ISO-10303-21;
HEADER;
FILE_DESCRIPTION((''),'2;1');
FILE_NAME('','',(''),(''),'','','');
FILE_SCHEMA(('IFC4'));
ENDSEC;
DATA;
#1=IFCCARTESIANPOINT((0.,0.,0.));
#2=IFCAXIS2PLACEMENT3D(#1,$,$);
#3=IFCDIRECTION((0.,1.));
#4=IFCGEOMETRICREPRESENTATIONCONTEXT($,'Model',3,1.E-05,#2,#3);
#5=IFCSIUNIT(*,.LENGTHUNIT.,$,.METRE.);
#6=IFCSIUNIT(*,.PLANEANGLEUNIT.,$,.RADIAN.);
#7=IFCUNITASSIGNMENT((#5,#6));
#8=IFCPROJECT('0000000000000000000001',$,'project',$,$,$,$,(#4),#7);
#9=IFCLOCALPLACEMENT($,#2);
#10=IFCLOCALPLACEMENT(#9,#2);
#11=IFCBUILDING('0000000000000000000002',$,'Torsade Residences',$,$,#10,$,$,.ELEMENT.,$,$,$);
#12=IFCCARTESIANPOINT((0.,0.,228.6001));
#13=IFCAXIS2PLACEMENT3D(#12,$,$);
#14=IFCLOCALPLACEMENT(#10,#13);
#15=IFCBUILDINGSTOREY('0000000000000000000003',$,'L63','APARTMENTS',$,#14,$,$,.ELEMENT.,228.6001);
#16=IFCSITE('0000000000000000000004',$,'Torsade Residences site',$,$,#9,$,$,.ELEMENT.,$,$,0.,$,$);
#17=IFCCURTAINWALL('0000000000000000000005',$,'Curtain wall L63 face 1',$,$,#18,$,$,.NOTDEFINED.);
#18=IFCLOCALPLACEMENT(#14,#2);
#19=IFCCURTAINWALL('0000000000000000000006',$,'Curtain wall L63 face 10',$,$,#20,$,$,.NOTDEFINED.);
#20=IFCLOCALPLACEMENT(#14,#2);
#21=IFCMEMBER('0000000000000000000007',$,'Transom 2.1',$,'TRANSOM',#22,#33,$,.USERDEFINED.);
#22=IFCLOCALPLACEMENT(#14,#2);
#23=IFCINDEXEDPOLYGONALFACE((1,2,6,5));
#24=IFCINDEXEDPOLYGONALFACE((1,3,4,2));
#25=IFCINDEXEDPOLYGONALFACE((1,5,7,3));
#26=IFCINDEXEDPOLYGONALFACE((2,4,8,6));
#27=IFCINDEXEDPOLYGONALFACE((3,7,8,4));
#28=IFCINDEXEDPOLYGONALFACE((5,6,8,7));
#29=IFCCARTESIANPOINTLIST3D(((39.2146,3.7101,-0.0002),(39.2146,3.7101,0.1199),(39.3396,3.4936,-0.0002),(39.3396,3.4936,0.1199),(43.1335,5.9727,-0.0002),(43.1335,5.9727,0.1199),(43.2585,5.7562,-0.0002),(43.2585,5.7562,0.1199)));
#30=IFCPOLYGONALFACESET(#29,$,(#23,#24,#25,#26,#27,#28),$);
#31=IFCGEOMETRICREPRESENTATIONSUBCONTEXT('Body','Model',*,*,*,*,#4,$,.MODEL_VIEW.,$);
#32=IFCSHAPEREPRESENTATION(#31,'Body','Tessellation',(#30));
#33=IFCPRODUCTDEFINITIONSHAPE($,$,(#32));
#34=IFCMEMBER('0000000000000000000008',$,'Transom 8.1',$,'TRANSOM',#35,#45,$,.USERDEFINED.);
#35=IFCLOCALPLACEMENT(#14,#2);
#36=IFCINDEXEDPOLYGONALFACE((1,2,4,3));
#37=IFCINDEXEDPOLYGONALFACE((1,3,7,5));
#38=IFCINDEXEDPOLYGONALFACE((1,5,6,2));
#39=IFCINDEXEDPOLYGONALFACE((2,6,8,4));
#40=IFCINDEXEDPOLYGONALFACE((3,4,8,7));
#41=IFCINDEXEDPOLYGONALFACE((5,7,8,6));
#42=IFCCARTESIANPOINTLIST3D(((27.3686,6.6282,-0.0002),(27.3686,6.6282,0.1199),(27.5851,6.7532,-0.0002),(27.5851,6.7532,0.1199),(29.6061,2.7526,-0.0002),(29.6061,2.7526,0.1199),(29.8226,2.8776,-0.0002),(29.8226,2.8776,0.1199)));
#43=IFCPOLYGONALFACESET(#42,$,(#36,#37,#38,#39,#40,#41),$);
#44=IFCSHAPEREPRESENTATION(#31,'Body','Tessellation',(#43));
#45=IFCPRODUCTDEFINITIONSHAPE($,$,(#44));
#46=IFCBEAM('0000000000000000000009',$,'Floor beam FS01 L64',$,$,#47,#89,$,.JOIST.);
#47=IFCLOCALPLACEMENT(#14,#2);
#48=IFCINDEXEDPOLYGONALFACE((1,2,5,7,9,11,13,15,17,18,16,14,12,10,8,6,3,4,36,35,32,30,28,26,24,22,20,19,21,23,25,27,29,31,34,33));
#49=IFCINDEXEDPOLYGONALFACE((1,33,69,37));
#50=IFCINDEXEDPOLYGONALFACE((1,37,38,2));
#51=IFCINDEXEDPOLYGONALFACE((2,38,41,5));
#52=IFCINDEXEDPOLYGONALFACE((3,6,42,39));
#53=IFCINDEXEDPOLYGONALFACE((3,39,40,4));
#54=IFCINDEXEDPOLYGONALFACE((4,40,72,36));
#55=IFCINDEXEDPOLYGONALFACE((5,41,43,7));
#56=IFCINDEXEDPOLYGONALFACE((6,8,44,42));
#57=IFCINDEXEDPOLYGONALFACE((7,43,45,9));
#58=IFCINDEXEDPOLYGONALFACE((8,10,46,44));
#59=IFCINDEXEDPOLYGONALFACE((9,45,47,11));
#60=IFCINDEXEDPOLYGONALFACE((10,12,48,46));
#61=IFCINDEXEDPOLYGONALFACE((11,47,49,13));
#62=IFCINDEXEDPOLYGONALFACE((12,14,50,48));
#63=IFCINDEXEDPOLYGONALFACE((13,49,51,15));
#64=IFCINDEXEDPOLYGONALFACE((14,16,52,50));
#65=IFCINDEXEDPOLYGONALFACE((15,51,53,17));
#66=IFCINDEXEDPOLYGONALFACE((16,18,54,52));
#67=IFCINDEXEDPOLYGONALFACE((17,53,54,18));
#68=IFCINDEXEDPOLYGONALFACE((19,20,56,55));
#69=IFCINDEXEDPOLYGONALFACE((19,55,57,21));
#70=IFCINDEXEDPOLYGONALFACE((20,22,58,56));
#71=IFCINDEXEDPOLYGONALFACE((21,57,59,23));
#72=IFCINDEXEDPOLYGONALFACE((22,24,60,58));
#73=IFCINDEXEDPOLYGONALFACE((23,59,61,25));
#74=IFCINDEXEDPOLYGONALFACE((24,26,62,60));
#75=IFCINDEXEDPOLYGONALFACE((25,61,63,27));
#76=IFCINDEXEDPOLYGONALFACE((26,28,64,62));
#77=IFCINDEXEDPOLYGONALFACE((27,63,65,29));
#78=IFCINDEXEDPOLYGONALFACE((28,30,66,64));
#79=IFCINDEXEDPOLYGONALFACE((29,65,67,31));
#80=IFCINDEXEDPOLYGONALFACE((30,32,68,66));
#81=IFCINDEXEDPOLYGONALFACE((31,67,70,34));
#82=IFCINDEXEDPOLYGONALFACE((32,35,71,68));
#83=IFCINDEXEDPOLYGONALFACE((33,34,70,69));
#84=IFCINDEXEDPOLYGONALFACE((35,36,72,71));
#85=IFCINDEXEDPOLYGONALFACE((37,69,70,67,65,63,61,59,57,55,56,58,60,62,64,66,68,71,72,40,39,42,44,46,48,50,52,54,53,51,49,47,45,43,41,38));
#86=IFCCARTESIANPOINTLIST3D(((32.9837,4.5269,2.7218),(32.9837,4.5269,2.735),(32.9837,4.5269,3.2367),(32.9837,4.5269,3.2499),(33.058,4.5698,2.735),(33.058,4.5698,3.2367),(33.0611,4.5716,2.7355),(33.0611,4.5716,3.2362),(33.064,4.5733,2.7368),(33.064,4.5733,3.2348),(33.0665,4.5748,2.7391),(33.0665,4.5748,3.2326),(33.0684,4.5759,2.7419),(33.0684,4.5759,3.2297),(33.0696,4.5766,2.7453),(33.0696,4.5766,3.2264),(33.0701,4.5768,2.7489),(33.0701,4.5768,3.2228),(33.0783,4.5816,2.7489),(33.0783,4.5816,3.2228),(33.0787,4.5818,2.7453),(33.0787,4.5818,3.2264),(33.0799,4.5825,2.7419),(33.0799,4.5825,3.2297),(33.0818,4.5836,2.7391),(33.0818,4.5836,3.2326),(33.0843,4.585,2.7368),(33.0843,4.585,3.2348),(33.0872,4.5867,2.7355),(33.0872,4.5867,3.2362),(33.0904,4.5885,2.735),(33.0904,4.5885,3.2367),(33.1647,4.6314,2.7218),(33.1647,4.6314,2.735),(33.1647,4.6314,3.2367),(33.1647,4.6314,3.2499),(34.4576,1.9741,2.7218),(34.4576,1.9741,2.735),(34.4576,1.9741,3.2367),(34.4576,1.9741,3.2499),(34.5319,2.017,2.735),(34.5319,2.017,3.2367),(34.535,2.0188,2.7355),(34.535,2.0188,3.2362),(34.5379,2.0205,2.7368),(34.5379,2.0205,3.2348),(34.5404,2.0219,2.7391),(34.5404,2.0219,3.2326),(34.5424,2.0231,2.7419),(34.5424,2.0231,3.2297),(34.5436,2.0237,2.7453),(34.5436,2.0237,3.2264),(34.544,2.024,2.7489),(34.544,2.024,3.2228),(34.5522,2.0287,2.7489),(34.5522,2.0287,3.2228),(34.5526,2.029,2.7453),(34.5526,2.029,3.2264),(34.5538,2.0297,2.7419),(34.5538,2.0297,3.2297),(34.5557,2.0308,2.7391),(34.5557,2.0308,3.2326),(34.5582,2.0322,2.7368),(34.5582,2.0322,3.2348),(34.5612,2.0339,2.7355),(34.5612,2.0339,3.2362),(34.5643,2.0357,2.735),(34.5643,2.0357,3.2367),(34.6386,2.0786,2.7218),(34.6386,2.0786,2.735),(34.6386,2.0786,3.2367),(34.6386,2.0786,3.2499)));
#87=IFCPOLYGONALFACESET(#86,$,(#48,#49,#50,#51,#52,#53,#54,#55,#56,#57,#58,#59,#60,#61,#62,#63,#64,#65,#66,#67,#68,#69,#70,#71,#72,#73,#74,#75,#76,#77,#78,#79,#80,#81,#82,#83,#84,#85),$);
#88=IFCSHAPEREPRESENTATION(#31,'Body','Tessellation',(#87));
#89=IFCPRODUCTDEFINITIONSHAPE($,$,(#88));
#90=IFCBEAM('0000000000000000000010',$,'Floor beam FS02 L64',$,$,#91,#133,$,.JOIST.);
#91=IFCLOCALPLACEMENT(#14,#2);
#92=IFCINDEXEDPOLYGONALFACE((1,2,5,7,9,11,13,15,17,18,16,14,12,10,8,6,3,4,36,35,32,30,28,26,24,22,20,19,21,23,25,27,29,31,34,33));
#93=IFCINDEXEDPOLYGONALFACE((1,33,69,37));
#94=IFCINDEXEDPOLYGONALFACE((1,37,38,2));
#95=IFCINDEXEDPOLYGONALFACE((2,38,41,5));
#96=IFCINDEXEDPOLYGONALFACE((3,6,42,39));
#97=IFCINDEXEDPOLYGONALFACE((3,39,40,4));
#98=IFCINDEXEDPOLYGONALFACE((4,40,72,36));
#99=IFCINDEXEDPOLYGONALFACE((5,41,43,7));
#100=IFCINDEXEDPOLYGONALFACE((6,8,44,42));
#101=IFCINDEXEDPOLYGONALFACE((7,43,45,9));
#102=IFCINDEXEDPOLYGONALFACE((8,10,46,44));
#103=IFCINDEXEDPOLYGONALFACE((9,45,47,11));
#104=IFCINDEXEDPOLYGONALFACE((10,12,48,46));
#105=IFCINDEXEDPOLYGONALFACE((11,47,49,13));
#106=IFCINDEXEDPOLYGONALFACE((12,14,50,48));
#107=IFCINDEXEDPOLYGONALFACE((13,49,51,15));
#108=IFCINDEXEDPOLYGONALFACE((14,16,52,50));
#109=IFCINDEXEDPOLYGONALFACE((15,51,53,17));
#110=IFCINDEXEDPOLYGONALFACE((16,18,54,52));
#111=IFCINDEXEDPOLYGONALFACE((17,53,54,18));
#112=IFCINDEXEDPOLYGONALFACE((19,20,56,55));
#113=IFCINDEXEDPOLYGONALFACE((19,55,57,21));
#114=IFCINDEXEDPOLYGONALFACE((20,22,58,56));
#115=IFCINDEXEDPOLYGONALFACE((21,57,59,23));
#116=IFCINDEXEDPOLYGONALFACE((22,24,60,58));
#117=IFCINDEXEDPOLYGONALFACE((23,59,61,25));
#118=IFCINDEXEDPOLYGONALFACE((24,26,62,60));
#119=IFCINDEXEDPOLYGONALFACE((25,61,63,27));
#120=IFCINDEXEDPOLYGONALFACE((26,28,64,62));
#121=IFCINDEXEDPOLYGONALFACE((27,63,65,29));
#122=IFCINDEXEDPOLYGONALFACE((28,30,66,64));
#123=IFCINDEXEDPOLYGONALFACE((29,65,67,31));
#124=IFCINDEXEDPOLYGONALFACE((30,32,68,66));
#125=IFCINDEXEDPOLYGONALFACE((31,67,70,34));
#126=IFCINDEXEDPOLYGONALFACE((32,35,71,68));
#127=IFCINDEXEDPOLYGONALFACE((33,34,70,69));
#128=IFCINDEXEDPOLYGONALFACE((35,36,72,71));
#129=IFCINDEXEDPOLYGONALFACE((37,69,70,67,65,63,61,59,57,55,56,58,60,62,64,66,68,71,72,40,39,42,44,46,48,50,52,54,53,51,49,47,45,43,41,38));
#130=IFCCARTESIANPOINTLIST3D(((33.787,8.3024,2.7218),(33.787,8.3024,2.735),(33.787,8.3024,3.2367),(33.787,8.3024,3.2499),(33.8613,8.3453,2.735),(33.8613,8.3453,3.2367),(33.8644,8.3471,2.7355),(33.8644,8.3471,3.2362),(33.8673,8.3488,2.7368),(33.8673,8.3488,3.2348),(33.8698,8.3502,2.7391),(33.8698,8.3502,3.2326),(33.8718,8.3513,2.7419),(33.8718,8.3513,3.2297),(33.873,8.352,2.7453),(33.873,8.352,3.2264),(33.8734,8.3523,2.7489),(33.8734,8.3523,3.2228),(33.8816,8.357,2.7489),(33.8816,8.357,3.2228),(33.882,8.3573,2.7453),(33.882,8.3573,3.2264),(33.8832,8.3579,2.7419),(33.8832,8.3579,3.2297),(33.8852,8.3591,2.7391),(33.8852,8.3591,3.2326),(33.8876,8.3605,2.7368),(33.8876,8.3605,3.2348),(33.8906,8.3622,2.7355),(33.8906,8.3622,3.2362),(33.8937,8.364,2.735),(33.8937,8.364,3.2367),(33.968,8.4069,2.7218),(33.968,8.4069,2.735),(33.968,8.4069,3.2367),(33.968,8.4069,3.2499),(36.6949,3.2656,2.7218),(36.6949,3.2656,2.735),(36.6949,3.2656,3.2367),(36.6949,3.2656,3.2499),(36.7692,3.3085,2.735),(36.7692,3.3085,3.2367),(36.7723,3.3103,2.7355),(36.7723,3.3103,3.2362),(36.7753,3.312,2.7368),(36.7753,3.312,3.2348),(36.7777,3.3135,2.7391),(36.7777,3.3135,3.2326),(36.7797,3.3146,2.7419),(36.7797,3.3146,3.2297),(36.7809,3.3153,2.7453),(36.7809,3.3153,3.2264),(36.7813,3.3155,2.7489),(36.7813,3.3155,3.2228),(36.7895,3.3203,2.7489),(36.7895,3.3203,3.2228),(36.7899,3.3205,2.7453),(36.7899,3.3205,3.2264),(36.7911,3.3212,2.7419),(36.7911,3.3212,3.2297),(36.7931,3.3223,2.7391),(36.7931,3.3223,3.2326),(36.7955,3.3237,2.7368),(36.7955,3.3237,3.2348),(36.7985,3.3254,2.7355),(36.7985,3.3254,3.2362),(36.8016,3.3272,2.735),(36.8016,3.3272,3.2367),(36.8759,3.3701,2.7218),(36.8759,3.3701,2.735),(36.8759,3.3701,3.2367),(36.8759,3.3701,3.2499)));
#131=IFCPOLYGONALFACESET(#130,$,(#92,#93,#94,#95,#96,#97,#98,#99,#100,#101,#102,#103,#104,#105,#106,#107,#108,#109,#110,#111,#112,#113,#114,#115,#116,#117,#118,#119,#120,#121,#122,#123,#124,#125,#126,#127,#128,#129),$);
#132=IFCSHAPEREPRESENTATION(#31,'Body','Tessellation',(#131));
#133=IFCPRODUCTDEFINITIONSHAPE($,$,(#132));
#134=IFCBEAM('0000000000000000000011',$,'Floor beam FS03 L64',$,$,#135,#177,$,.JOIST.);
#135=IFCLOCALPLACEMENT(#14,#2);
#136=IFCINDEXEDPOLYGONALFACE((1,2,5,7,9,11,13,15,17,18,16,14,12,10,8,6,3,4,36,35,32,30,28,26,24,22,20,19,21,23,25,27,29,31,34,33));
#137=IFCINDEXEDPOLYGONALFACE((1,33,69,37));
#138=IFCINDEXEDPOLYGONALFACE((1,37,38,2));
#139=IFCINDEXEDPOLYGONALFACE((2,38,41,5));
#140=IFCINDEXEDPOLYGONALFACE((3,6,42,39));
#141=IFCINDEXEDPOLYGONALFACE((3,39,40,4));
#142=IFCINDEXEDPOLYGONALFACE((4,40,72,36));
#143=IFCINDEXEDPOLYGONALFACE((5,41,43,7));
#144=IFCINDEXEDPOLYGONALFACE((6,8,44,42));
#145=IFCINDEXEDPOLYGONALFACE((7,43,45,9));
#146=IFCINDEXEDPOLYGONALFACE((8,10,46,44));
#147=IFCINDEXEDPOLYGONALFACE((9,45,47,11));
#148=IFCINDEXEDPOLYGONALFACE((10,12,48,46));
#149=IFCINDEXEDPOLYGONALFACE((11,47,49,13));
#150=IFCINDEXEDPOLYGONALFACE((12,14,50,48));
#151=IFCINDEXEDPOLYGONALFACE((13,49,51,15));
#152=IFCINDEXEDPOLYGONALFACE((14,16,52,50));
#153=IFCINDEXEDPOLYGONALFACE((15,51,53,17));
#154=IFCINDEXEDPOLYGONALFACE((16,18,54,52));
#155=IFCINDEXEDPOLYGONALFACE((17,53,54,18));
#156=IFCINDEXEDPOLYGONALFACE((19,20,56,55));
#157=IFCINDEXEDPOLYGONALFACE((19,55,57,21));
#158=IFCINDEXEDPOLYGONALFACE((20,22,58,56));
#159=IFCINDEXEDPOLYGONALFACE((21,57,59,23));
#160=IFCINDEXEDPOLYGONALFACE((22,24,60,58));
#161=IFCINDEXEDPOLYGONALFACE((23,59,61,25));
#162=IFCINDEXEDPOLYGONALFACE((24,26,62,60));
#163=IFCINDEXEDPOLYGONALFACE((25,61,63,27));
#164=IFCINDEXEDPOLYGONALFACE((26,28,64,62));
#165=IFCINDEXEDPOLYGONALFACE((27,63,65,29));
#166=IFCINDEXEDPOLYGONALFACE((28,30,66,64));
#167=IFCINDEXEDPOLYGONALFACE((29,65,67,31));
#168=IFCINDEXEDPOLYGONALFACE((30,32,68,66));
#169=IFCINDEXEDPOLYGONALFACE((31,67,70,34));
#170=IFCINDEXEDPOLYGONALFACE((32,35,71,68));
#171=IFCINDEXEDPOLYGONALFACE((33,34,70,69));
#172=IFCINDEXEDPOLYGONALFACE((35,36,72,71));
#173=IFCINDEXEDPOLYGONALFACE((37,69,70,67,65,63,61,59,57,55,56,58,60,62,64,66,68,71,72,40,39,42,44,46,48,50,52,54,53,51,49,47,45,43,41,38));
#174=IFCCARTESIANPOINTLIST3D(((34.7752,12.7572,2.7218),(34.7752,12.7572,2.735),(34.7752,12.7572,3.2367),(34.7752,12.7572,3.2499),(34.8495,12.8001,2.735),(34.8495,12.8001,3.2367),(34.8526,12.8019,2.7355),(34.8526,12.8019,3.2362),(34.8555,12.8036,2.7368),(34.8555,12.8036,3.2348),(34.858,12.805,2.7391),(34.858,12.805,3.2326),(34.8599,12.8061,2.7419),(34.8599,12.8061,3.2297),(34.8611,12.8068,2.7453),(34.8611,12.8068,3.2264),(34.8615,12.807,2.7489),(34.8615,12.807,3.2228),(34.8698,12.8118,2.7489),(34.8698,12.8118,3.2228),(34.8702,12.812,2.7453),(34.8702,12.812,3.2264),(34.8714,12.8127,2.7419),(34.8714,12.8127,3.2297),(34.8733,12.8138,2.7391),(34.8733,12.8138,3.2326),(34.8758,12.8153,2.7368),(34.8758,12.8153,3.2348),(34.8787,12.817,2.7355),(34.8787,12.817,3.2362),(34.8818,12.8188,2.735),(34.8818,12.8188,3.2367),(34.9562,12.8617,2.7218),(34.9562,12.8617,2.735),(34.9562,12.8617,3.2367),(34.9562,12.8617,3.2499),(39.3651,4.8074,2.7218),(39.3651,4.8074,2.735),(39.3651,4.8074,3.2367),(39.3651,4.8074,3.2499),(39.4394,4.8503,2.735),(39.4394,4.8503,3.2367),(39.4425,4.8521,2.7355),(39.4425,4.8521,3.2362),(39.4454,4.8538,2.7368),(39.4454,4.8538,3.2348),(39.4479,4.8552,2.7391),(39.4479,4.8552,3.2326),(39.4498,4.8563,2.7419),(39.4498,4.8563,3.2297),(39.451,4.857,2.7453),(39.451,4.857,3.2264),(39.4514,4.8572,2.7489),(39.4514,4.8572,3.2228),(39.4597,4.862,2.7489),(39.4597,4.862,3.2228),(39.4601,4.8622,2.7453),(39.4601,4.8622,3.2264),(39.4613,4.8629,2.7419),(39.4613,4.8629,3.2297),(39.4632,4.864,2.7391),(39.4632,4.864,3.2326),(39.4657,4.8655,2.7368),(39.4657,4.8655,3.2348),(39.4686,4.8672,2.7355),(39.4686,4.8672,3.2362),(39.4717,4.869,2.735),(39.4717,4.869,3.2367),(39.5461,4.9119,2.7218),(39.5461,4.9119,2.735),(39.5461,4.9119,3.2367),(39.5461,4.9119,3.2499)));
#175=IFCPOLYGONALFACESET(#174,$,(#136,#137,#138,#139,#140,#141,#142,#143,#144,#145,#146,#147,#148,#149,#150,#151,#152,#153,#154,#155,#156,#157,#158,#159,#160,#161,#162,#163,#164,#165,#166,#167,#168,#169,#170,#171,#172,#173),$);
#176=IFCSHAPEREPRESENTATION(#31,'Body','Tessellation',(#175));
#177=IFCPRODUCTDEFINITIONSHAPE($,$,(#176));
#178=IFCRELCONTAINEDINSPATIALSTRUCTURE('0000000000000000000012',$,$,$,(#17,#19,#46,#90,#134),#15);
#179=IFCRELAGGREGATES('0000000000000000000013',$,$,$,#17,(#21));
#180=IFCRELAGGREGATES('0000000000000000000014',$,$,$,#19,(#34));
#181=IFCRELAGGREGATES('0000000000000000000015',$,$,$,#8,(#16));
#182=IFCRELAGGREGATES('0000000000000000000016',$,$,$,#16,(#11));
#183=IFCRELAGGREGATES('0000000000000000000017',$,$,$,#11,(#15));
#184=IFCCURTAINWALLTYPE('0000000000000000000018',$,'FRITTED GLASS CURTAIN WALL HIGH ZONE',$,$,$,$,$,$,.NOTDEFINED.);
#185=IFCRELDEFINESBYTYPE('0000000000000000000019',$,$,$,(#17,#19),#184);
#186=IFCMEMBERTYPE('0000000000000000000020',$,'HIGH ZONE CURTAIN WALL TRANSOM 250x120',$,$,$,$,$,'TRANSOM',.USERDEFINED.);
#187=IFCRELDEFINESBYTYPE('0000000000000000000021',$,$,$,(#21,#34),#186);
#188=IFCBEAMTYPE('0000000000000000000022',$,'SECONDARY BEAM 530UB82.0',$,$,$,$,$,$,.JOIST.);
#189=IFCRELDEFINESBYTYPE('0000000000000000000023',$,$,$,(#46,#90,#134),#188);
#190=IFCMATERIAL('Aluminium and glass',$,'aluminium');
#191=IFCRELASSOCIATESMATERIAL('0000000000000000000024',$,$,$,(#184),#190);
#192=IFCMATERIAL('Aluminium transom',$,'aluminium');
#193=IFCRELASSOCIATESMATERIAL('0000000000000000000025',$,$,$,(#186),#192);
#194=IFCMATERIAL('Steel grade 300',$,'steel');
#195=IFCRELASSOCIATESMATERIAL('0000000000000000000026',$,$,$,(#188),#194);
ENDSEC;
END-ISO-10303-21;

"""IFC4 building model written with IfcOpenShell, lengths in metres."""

from ifc_helpers import new_model, si_unit, direction, frame, origin, origin_2d, place, context, subcontext, project, spatial, rectangle, i_section, extrude, material, material_profile, profile_set, type_object, element, aggregate, save


model = new_model("IFC4")

# Units and contexts
model_context = context("Model", 3, precision=1e-05, world=origin(), true_north=direction((0.0, 1.0)))
body_context = subcontext(model_context, "Body", "Model", "MODEL_VIEW")
ifc_project = project(units=[si_unit("LENGTHUNIT", "METRE"), si_unit("PLANEANGLEUNIT", "RADIAN")], contexts=[model_context])

# Site, building, storey
site_placement = place(None, origin())
site = spatial("IfcSite", under=ifc_project, at=site_placement, Name="Torsade Residences site", CompositionType="ELEMENT", RefElevation=0.0)
building_placement = place(site_placement, origin())
building = spatial("IfcBuilding", under=site, at=building_placement, Name="Torsade Residences", CompositionType="ELEMENT")
storey_placement = place(building_placement, frame((0.0, 0.0, 228.6001)))
storey = spatial("IfcBuildingStorey", under=building, at=storey_placement, Name="L63", Description="APARTMENTS", CompositionType="ELEMENT", Elevation=228.6001)

# Curtain wall
ifc_material_1 = material(Name="Aluminium and glass", Category="aluminium")
curtain_wall_type = type_object("IfcCurtainWallType", Name="FRITTED GLASS CURTAIN WALL HIGH ZONE", PredefinedType="NOTDEFINED", material=ifc_material_1)
curtain_wall_1_placement = place(storey_placement, origin())
curtain_wall_1 = element("IfcCurtainWall", 1, at=curtain_wall_1_placement, inside=storey, type_object=curtain_wall_type, Name="Curtain wall L63 face 1", PredefinedType="NOTDEFINED")

# Curtain wall
curtain_wall_2_placement = place(storey_placement, origin())
curtain_wall_2 = element("IfcCurtainWall", 2, at=curtain_wall_2_placement, inside=storey, type_object=curtain_wall_type, Name="Curtain wall L63 face 10", PredefinedType="NOTDEFINED")

# Members
ifc_material_2 = material(Name="Aluminium transom", Category="aluminium")
ifc_material_profile_1 = material_profile(ifc_material_2, rectangle(XDim=0.25, YDim=0.1201, at=origin_2d()), Name="HIGH ZONE CURTAIN WALL TRANSOM 250x120")
ifc_profile_set_1 = profile_set([ifc_material_profile_1], Name="Aluminium transom")
member_type_1 = type_object("IfcMemberType", Name="HIGH ZONE CURTAIN WALL TRANSOM 250x120", ElementType="TRANSOM", PredefinedType="USERDEFINED", material=ifc_profile_set_1)
member_1_placement = place(storey_placement, frame((39.2771, 3.6018, 0.0598), z_axis=(0.866017, 0.500015, 0.0), x_axis=(-0.500015, 0.866017, 0.0)))
member_1 = element("IfcMember", 3, at=member_1_placement, type_object=member_type_1, Name="Transom 2.1", ObjectType="TRANSOM", PredefinedType="USERDEFINED", context=body_context, shape_type="SweptSolid", body=[
    extrude(rectangle(XDim=0.25, YDim=0.1201, at=origin_2d()), origin(), (0.0, 0.0, 1.0), 4.5251),
])
member_2_placement = place(storey_placement, frame((27.4768, 6.6907, 0.0598), z_axis=(0.500006, -0.866022, 0.0), x_axis=(0.866022, 0.500006, 0.0)))
member_2 = element("IfcMember", 4, at=member_2_placement, type_object=member_type_1, Name="Transom 8.1", ObjectType="TRANSOM", PredefinedType="USERDEFINED", context=body_context, shape_type="SweptSolid", body=[
    extrude(rectangle(XDim=0.25, YDim=0.1201, at=origin_2d()), origin(), (0.0, 0.0, 1.0), 4.4751),
])

# Beams
ifc_material_3 = material(Name="Steel grade 300", Category="steel")
ifc_material_profile_2 = material_profile(ifc_material_3, i_section(OverallWidth=0.209, OverallDepth=0.5281, WebThickness=0.0095, FlangeThickness=0.0132, FilletRadius=0.0139, at=origin_2d()), Name="530UB82.0")
ifc_profile_set_2 = profile_set([ifc_material_profile_2], Name="Steel grade 300")
beam_type_1 = type_object("IfcBeamType", Name="SECONDARY BEAM 530UB82.0", PredefinedType="JOIST", material=ifc_profile_set_2)
beam_1_placement = place(storey_placement, frame((34.5481, 2.0264, 2.9858), z_axis=(-0.500014, 0.866017, 0.0), x_axis=(-0.866017, -0.500014, 0.0)))
element("IfcBeam", 5, at=beam_1_placement, inside=storey, type_object=beam_type_1, Name="Floor beam FS01 L64", PredefinedType="JOIST", context=body_context, shape_type="SweptSolid", body=[
    extrude(i_section(OverallWidth=0.209, OverallDepth=0.5281, WebThickness=0.0095, FlangeThickness=0.0132, FilletRadius=0.0139, at=origin_2d()), origin(), (0.0, 0.0, 1.0), 2.9478),
])
beam_2_placement = place(storey_placement, frame((36.7854, 3.3179, 2.9858), z_axis=(-0.49999, 0.866031, 0.0), x_axis=(-0.866031, -0.49999, 0.0)))
element("IfcBeam", 6, at=beam_2_placement, inside=storey, type_object=beam_type_1, Name="Floor beam FS02 L64", PredefinedType="JOIST", context=body_context, shape_type="SweptSolid", body=[
    extrude(i_section(OverallWidth=0.209, OverallDepth=0.5281, WebThickness=0.0095, FlangeThickness=0.0132, FilletRadius=0.0139, at=origin_2d()), origin(), (0.0, 0.0, 1.0), 5.8159),
])
beam_3_placement = place(storey_placement, frame((39.4556, 4.8596, 2.9858), z_axis=(-0.500006, 0.866022, 0.0), x_axis=(-0.866022, -0.500006, 0.0)))
element("IfcBeam", 7, at=beam_3_placement, inside=storey, type_object=beam_type_1, Name="Floor beam FS03 L64", PredefinedType="JOIST", context=body_context, shape_type="SweptSolid", body=[
    extrude(i_section(OverallWidth=0.209, OverallDepth=0.5281, WebThickness=0.0095, FlangeThickness=0.0132, FilletRadius=0.0139, at=origin_2d()), origin(), (0.0, 0.0, 1.0), 9.1797),
])

aggregate(curtain_wall_1, [member_1])
aggregate(curtain_wall_2, [member_2])

save(model, "model.ifc")
